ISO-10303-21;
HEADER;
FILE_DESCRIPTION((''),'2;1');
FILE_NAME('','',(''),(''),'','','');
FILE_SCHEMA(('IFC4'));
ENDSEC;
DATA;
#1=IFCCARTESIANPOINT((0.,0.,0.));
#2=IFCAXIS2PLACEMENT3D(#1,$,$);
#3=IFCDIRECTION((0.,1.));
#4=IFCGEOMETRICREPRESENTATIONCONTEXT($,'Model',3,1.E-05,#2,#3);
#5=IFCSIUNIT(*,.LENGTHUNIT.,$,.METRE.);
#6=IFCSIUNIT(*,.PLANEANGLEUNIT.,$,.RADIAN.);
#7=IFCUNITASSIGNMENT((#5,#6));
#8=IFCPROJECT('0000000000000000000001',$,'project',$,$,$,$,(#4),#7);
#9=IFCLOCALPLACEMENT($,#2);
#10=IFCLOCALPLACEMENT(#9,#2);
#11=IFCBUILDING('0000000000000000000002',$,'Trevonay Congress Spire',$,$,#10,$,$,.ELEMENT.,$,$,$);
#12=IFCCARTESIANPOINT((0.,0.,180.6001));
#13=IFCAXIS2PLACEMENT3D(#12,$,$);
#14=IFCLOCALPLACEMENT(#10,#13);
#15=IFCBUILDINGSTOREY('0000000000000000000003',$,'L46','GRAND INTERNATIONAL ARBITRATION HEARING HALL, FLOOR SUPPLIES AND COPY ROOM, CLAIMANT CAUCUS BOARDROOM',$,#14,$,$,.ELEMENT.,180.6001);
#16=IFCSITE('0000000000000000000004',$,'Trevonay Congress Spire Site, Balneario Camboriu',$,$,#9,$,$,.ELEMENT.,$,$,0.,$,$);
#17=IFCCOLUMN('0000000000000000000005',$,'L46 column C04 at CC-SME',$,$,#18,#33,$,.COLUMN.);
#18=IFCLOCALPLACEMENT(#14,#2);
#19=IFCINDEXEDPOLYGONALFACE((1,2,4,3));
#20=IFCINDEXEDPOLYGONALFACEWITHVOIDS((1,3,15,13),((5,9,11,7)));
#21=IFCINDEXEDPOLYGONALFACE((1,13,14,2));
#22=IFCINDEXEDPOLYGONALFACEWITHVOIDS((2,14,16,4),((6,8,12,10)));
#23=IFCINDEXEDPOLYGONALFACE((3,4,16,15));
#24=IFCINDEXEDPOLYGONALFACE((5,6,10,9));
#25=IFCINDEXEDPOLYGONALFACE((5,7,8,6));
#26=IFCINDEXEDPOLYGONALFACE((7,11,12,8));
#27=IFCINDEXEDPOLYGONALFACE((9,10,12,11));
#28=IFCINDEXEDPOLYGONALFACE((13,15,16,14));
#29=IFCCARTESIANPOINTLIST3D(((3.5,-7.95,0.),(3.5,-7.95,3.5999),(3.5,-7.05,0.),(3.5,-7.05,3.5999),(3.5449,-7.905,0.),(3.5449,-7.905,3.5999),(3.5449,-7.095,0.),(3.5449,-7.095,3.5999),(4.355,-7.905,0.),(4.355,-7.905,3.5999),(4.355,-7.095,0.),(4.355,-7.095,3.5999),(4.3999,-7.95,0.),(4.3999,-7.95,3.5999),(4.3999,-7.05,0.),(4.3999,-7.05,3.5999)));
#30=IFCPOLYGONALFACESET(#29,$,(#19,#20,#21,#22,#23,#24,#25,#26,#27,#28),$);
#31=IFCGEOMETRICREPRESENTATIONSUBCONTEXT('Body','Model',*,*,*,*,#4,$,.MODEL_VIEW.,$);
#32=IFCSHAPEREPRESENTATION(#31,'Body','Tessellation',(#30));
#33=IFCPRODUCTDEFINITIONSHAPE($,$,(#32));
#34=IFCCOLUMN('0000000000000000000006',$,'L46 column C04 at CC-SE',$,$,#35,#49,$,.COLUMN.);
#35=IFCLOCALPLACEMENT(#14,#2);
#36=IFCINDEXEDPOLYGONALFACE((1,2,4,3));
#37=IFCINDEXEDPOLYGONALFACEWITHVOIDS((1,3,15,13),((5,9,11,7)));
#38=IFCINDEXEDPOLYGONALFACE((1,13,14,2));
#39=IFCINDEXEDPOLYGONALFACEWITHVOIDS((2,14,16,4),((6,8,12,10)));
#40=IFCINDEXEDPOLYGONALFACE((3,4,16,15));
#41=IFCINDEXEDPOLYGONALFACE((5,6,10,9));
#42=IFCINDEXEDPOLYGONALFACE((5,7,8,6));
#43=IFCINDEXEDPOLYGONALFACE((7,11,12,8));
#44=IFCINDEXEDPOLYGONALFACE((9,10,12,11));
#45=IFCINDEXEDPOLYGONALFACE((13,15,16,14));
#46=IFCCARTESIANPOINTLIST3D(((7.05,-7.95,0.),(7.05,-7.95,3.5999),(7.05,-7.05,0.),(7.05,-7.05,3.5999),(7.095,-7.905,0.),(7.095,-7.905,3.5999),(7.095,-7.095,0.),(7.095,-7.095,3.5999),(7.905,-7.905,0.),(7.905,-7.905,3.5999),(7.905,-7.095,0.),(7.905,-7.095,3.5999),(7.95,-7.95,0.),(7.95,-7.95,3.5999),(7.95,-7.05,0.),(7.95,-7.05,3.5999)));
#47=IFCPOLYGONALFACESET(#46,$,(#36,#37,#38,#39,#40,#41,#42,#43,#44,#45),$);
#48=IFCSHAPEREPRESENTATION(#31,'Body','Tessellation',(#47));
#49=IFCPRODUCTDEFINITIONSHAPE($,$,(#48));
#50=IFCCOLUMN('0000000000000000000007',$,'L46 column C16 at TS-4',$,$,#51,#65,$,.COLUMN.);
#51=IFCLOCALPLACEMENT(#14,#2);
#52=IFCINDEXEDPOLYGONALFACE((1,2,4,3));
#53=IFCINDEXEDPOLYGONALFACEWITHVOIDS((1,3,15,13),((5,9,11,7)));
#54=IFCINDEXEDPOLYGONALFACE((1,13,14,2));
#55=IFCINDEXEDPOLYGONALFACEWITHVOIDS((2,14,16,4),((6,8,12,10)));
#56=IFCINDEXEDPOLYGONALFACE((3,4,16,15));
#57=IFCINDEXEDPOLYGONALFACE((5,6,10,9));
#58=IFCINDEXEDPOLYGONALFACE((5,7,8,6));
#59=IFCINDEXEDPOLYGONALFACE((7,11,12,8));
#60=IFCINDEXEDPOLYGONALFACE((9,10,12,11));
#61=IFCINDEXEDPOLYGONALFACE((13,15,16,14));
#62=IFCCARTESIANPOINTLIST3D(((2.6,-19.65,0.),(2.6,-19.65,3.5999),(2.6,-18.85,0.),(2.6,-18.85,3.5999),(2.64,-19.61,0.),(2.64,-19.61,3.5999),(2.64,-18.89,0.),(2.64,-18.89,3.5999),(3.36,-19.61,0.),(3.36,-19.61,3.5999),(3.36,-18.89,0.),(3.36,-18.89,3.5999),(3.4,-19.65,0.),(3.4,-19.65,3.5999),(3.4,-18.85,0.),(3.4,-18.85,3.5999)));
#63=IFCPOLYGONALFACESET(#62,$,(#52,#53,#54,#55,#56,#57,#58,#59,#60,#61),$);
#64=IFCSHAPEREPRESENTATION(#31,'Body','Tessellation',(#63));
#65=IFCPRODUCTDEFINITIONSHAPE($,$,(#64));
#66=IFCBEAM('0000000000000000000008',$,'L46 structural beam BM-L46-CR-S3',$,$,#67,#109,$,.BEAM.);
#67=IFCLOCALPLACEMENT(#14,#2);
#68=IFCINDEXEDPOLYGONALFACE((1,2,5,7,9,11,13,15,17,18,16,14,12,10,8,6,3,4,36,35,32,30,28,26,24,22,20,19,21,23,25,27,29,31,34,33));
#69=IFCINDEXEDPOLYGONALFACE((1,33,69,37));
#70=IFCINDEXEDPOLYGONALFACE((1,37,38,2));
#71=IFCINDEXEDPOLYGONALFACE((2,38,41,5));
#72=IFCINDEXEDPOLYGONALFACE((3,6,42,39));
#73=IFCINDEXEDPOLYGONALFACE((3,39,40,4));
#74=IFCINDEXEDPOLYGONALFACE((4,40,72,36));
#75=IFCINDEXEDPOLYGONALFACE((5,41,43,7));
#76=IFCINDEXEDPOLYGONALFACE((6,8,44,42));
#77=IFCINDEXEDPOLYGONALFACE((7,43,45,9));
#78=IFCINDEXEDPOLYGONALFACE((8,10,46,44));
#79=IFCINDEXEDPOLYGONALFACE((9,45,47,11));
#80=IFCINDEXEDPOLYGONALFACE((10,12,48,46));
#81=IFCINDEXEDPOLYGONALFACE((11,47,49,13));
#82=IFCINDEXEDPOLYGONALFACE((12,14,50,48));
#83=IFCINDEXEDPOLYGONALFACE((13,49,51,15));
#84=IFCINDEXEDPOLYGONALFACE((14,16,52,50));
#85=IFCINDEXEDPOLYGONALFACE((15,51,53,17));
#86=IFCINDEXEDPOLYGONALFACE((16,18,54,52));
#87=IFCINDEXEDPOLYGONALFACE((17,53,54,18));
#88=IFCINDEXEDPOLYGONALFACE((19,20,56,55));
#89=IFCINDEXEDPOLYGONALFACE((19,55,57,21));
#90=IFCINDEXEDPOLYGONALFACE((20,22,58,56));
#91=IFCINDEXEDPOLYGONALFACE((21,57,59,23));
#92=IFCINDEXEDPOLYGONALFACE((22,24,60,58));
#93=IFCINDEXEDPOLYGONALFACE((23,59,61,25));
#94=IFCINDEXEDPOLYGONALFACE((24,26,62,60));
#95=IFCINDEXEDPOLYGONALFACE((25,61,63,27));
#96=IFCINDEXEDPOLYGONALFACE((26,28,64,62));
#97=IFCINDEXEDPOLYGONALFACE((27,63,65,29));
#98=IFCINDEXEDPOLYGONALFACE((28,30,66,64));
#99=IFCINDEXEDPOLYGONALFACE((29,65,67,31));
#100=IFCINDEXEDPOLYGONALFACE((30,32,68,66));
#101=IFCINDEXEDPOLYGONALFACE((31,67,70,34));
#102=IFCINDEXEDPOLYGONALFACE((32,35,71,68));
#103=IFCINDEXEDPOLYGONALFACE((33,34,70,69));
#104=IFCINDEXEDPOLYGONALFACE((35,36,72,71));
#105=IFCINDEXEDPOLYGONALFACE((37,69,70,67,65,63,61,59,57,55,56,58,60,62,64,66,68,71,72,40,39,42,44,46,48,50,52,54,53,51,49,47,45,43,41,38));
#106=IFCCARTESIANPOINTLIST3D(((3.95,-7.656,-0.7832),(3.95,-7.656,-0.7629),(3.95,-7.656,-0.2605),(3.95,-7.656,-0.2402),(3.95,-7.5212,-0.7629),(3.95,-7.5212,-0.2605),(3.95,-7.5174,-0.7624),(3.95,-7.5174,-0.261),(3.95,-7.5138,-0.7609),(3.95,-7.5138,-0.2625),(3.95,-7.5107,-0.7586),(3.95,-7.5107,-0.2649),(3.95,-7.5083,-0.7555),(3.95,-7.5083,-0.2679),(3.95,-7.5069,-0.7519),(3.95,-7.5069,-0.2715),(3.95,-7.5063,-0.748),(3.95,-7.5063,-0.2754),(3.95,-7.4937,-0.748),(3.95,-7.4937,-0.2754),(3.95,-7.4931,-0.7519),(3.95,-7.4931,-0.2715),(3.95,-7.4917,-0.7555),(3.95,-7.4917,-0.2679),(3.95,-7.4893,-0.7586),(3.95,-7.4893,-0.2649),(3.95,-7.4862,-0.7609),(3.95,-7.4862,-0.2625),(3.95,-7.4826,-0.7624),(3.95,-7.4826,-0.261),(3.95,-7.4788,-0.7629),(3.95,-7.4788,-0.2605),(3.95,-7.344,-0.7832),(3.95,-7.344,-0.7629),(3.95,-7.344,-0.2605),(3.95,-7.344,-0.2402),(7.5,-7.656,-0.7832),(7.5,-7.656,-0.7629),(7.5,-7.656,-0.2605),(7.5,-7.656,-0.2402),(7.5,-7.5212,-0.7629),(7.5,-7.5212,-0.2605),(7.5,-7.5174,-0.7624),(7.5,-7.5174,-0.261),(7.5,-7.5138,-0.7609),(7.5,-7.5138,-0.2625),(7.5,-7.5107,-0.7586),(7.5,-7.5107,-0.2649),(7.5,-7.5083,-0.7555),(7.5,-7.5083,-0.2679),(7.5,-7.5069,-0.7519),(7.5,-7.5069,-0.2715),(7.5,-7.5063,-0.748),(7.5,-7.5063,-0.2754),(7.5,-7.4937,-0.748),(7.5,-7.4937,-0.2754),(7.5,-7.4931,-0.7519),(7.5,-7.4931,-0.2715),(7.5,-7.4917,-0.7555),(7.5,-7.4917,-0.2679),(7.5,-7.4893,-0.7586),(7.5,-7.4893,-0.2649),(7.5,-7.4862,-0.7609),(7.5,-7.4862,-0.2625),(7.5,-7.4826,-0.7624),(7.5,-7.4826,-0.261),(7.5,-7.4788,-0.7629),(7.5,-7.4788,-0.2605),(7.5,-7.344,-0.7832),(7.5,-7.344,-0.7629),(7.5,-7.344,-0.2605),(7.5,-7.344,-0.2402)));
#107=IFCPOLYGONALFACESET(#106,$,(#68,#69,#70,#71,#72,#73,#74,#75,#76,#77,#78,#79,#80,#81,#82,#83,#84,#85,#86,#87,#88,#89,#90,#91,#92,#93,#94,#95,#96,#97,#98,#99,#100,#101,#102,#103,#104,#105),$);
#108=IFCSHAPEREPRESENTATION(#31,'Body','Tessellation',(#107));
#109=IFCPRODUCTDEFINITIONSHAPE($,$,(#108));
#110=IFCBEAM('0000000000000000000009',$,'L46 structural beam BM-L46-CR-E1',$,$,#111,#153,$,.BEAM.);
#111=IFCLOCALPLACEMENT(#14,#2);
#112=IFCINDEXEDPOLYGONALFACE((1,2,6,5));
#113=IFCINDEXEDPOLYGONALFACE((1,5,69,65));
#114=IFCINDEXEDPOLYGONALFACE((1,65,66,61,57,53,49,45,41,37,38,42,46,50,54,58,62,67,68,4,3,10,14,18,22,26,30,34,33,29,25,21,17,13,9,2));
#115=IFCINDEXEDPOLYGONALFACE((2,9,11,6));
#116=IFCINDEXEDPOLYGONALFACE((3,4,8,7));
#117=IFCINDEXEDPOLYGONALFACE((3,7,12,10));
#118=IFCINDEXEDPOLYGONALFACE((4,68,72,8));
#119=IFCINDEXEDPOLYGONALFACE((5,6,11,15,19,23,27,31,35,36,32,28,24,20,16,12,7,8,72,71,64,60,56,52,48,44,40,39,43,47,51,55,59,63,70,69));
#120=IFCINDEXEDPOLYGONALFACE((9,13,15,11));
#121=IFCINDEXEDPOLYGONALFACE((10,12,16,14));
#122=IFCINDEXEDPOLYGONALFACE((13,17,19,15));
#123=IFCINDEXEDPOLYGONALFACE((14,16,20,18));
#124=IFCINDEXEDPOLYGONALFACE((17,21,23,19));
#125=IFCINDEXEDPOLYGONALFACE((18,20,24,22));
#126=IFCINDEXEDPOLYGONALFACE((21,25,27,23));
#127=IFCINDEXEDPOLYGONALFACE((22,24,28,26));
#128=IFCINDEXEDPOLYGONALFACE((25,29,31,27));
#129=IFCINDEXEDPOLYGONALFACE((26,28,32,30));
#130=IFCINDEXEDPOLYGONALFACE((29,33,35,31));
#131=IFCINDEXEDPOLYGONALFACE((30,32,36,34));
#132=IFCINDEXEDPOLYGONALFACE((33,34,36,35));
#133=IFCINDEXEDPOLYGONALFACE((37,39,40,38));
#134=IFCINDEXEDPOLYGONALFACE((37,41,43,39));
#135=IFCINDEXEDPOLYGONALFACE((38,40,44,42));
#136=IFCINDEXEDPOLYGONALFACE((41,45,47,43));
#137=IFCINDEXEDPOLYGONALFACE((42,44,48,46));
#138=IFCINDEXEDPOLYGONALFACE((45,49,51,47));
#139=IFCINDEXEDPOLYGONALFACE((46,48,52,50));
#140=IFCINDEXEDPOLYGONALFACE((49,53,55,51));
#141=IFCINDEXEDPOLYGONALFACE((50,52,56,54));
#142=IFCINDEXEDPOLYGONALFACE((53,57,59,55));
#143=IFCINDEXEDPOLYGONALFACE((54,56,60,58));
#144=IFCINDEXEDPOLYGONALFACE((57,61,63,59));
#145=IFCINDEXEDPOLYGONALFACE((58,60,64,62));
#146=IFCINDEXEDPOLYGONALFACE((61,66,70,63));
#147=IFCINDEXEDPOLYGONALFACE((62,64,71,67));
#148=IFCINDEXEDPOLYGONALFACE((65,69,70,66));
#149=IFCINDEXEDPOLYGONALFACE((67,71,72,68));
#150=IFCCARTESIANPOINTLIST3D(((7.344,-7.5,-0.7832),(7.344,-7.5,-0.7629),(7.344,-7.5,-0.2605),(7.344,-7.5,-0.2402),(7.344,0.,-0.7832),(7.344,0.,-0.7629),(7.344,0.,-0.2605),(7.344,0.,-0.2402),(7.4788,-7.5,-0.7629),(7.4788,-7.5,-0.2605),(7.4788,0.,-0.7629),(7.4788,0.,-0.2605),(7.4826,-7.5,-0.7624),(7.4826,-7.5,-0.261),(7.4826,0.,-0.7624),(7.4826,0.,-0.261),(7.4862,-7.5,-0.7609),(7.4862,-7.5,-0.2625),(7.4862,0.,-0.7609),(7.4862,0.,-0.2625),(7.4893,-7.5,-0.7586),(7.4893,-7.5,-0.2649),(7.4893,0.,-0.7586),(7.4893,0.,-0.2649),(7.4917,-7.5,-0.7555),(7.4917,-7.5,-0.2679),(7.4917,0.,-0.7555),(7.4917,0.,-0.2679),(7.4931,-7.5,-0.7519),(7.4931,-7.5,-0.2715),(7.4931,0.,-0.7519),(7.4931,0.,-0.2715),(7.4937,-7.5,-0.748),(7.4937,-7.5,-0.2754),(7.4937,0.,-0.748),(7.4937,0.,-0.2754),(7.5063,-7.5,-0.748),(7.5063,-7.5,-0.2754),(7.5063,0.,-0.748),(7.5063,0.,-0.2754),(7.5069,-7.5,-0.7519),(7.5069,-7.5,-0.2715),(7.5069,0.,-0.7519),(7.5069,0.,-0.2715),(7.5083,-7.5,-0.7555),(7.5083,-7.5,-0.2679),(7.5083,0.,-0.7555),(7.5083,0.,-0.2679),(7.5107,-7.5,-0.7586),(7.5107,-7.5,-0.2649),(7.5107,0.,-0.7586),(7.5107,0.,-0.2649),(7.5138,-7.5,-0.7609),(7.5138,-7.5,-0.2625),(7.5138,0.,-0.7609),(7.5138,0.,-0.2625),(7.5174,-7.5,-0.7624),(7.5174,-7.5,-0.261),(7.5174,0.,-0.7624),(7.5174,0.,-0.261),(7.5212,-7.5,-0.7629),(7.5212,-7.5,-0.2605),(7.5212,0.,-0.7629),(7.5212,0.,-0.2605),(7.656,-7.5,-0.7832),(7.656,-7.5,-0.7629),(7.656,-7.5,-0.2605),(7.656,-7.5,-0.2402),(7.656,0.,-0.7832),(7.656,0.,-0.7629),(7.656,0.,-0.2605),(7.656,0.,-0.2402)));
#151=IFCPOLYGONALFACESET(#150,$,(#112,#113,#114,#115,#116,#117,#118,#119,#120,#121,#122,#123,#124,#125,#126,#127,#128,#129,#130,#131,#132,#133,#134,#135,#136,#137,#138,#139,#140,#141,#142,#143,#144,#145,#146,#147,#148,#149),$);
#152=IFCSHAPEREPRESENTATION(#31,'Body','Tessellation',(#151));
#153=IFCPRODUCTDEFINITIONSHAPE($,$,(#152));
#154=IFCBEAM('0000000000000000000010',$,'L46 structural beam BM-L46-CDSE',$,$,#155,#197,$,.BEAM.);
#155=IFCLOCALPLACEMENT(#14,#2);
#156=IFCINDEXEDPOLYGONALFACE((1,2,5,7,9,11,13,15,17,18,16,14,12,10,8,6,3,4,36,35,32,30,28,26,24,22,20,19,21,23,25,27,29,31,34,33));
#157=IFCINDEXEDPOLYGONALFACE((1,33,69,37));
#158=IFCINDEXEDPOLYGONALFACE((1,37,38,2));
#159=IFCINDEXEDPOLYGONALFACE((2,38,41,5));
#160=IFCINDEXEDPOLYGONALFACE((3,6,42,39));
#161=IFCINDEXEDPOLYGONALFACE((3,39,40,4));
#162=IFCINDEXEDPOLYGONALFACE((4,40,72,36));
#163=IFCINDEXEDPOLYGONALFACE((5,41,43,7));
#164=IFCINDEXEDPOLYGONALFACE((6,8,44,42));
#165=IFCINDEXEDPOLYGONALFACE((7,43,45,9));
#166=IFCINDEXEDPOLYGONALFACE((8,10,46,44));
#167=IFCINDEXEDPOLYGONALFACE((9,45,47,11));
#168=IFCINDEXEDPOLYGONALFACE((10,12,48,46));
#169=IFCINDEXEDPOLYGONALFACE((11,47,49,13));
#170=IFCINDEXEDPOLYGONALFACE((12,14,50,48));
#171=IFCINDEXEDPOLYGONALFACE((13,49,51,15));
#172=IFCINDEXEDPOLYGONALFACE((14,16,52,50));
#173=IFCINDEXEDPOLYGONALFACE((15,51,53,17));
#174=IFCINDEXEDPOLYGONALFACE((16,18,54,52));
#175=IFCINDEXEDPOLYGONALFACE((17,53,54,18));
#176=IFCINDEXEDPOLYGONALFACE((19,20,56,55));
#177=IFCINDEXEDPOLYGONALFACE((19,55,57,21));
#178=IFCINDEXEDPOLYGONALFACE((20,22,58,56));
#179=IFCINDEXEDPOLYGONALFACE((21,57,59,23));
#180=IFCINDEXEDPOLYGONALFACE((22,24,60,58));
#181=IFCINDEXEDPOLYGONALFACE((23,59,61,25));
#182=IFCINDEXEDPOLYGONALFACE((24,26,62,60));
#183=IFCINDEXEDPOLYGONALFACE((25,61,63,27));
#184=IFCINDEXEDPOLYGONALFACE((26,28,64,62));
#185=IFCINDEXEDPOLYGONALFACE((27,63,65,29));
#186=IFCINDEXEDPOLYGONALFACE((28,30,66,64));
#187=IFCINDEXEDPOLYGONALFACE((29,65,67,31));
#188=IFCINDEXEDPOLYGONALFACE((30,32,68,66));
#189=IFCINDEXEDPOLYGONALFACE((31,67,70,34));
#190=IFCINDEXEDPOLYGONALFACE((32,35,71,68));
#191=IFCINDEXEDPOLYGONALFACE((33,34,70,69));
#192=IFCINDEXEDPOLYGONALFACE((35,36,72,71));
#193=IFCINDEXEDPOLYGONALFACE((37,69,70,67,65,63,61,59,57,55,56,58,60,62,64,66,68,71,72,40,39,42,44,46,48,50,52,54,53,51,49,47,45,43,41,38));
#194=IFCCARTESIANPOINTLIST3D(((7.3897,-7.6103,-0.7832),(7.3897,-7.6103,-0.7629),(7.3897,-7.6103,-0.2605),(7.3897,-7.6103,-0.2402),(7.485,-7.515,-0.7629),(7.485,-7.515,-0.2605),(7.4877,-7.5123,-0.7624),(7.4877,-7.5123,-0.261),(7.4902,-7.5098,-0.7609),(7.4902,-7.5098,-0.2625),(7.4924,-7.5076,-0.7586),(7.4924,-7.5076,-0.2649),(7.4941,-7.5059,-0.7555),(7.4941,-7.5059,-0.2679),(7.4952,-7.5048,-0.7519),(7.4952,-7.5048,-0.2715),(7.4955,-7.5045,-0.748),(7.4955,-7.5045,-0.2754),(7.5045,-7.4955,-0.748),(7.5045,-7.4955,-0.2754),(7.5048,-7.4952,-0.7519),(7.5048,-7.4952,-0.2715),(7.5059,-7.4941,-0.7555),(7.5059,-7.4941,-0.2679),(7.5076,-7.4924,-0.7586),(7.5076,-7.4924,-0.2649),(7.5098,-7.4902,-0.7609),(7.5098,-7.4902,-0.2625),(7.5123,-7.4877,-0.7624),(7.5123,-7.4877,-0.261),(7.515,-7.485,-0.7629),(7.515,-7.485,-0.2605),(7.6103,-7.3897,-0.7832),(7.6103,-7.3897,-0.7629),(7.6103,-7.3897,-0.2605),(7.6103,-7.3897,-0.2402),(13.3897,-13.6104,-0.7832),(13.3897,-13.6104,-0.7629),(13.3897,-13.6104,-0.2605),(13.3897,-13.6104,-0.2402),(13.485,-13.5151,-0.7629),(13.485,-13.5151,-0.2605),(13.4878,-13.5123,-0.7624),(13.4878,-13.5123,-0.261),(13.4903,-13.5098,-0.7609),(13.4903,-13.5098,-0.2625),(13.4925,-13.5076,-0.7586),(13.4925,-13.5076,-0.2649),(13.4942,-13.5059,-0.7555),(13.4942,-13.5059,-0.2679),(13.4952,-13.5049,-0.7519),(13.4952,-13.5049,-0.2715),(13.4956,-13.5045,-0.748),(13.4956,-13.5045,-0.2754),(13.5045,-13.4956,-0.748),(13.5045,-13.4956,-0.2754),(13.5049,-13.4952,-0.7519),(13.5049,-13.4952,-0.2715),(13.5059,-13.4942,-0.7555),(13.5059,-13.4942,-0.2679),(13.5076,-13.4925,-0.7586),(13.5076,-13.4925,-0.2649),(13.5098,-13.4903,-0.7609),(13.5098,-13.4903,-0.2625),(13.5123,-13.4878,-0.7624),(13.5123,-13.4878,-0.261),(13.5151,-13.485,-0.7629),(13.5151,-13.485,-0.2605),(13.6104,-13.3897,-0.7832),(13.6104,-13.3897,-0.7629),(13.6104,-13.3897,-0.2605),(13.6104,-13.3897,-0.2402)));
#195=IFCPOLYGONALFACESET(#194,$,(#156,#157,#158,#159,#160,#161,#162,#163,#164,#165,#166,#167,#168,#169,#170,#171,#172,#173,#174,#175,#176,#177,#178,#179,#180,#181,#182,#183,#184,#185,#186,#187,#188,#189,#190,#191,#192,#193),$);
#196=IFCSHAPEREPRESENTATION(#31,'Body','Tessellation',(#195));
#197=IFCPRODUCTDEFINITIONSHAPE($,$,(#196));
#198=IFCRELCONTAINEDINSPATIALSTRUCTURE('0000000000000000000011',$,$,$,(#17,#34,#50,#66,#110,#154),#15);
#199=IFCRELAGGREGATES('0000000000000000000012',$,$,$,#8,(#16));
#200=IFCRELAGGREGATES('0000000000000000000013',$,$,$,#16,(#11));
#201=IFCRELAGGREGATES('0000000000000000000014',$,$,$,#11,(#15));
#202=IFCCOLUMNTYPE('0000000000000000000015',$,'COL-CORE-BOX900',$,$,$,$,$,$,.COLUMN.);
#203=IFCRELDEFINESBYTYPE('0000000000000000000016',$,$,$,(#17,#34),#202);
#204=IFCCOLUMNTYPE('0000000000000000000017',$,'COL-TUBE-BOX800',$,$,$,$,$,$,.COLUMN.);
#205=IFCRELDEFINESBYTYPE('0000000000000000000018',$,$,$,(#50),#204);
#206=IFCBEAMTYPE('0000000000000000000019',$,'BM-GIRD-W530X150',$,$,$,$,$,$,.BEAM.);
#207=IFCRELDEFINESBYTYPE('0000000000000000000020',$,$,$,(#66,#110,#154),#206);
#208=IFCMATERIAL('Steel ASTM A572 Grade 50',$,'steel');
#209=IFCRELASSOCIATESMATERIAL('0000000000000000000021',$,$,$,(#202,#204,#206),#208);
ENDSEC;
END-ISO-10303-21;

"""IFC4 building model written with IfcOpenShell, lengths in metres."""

from ifc_helpers import new_model, si_unit, direction, frame, origin, origin_2d, place, context, subcontext, project, spatial, hollow_rectangle, i_section, extrude, material, material_profile, profile_set, type_object, element, save


model = new_model("IFC4")

# Units and contexts
model_context = context("Model", 3, precision=1e-05, world=origin(), true_north=direction((0.0, 1.0)))
body_context = subcontext(model_context, "Body", "Model", "MODEL_VIEW")
ifc_project = project(units=[si_unit("LENGTHUNIT", "METRE"), si_unit("PLANEANGLEUNIT", "RADIAN")], contexts=[model_context])

# Site, building, storey
site_placement = place(None, origin())
site = spatial("IfcSite", under=ifc_project, at=site_placement, Name="Trevonay Congress Spire Site, Balneario Camboriu", CompositionType="ELEMENT", RefElevation=0.0)
building_placement = place(site_placement, origin())
building = spatial("IfcBuilding", under=site, at=building_placement, Name="Trevonay Congress Spire", CompositionType="ELEMENT")
storey_placement = place(building_placement, frame((0.0, 0.0, 180.6001)))
storey = spatial("IfcBuildingStorey", under=building, at=storey_placement, Name="L46", Description="GRAND INTERNATIONAL ARBITRATION HEARING HALL, FLOOR SUPPLIES AND COPY ROOM, CLAIMANT CAUCUS BOARDROOM", CompositionType="ELEMENT", Elevation=180.6001)

# Columns
ifc_material_1 = material(Name="Steel ASTM A572 Grade 50", Category="steel")
ifc_material_profile_1 = material_profile(ifc_material_1, hollow_rectangle(XDim=0.8999, YDim=0.8999, WallThickness=0.0449, at=origin_2d()), Name="BOX 900x900x45")
ifc_profile_set_1 = profile_set([ifc_material_profile_1], Name="Steel ASTM A572 Grade 50")
column_type_1 = type_object("IfcColumnType", Name="COL-CORE-BOX900", PredefinedType="COLUMN", material=ifc_profile_set_1)
for number, where, z_axis, x_axis, name in (
    (1, (3.95, -7.5, 0.0), (0.0, 0.0, 1.0), (1.0, 0.0, 0.0), "L46 column C04 at CC-SME"),
    (2, (7.5, -7.5, 0.0), (0.0, 0.0, 1.0), (1.0, 0.0, 0.0), "L46 column C04 at CC-SE"),
):
    element("IfcColumn", number, at=place(storey_placement, frame(where, z_axis=z_axis, x_axis=x_axis)), inside=storey, type_object=column_type_1, Name=name, PredefinedType="COLUMN", context=body_context, shape_type="SweptSolid", body=[
        extrude(hollow_rectangle(XDim=0.8999, YDim=0.8999, WallThickness=0.0449, at=origin_2d()), origin(), (0.0, 0.0, 1.0), 3.5999),
    ])
ifc_material_profile_2 = material_profile(ifc_material_1, hollow_rectangle(XDim=0.8, YDim=0.8, WallThickness=0.04, at=origin_2d()), Name="BOX 800x800x40")
ifc_profile_set_2 = profile_set([ifc_material_profile_2], Name="Steel ASTM A572 Grade 50")
column_type_2 = type_object("IfcColumnType", Name="COL-TUBE-BOX800", PredefinedType="COLUMN", material=ifc_profile_set_2)
column_placement = place(storey_placement, frame((3.0, -19.25, 0.0), z_axis=(0.0, 0.0, 1.0), x_axis=(1.0, 0.0, 0.0)))
element("IfcColumn", 3, at=column_placement, inside=storey, type_object=column_type_2, Name="L46 column C16 at TS-4", PredefinedType="COLUMN", context=body_context, shape_type="SweptSolid", body=[
    extrude(hollow_rectangle(XDim=0.8, YDim=0.8, WallThickness=0.04, at=origin_2d()), origin(), (0.0, 0.0, 1.0), 3.5999),
])

# Beams
ifc_material_profile_3 = material_profile(ifc_material_1, i_section(OverallWidth=0.312, OverallDepth=0.543, WebThickness=0.0127, FlangeThickness=0.0203, FilletRadius=0.0149, at=origin_2d()), Name="W530x150")
ifc_profile_set_3 = profile_set([ifc_material_profile_3], Name="Steel ASTM A572 Grade 50")
beam_type_1 = type_object("IfcBeamType", Name="BM-GIRD-W530X150", PredefinedType="BEAM", material=ifc_profile_set_3)
beam_1_placement = place(storey_placement, frame((3.95, -7.5, -0.5117), z_axis=(1.0, 0.0, 0.0), x_axis=(0.0, 1.0, 0.0)))
element("IfcBeam", 4, at=beam_1_placement, inside=storey, type_object=beam_type_1, Name="L46 structural beam BM-L46-CR-S3", PredefinedType="BEAM", context=body_context, shape_type="SweptSolid", body=[
    extrude(i_section(OverallWidth=0.312, OverallDepth=0.543, WebThickness=0.0127, FlangeThickness=0.0203, FilletRadius=0.0149, at=origin_2d()), origin(), (0.0, 0.0, 1.0), 3.55),
])
beam_2_placement = place(storey_placement, frame((7.5, -7.5, -0.5117), z_axis=(0.0, 1.0, 0.0), x_axis=(-1.0, 0.0, 0.0)))
element("IfcBeam", 5, at=beam_2_placement, inside=storey, type_object=beam_type_1, Name="L46 structural beam BM-L46-CR-E1", PredefinedType="BEAM", context=body_context, shape_type="SweptSolid", body=[
    extrude(i_section(OverallWidth=0.312, OverallDepth=0.543, WebThickness=0.0127, FlangeThickness=0.0203, FilletRadius=0.0149, at=origin_2d()), origin(), (0.0, 0.0, 1.0), 7.5),
])
beam_3_placement = place(storey_placement, frame((7.5, -7.5, -0.5117), z_axis=(0.707107, -0.707107, 0.0), x_axis=(0.707107, 0.707107, 0.0)))
element("IfcBeam", 6, at=beam_3_placement, inside=storey, type_object=beam_type_1, Name="L46 structural beam BM-L46-CDSE", PredefinedType="BEAM", context=body_context, shape_type="SweptSolid", body=[
    extrude(i_section(OverallWidth=0.312, OverallDepth=0.543, WebThickness=0.0127, FlangeThickness=0.0203, FilletRadius=0.0149, at=origin_2d()), origin(), (0.0, 0.0, 1.0), 8.4854),
])

save(model, "model.ifc")
